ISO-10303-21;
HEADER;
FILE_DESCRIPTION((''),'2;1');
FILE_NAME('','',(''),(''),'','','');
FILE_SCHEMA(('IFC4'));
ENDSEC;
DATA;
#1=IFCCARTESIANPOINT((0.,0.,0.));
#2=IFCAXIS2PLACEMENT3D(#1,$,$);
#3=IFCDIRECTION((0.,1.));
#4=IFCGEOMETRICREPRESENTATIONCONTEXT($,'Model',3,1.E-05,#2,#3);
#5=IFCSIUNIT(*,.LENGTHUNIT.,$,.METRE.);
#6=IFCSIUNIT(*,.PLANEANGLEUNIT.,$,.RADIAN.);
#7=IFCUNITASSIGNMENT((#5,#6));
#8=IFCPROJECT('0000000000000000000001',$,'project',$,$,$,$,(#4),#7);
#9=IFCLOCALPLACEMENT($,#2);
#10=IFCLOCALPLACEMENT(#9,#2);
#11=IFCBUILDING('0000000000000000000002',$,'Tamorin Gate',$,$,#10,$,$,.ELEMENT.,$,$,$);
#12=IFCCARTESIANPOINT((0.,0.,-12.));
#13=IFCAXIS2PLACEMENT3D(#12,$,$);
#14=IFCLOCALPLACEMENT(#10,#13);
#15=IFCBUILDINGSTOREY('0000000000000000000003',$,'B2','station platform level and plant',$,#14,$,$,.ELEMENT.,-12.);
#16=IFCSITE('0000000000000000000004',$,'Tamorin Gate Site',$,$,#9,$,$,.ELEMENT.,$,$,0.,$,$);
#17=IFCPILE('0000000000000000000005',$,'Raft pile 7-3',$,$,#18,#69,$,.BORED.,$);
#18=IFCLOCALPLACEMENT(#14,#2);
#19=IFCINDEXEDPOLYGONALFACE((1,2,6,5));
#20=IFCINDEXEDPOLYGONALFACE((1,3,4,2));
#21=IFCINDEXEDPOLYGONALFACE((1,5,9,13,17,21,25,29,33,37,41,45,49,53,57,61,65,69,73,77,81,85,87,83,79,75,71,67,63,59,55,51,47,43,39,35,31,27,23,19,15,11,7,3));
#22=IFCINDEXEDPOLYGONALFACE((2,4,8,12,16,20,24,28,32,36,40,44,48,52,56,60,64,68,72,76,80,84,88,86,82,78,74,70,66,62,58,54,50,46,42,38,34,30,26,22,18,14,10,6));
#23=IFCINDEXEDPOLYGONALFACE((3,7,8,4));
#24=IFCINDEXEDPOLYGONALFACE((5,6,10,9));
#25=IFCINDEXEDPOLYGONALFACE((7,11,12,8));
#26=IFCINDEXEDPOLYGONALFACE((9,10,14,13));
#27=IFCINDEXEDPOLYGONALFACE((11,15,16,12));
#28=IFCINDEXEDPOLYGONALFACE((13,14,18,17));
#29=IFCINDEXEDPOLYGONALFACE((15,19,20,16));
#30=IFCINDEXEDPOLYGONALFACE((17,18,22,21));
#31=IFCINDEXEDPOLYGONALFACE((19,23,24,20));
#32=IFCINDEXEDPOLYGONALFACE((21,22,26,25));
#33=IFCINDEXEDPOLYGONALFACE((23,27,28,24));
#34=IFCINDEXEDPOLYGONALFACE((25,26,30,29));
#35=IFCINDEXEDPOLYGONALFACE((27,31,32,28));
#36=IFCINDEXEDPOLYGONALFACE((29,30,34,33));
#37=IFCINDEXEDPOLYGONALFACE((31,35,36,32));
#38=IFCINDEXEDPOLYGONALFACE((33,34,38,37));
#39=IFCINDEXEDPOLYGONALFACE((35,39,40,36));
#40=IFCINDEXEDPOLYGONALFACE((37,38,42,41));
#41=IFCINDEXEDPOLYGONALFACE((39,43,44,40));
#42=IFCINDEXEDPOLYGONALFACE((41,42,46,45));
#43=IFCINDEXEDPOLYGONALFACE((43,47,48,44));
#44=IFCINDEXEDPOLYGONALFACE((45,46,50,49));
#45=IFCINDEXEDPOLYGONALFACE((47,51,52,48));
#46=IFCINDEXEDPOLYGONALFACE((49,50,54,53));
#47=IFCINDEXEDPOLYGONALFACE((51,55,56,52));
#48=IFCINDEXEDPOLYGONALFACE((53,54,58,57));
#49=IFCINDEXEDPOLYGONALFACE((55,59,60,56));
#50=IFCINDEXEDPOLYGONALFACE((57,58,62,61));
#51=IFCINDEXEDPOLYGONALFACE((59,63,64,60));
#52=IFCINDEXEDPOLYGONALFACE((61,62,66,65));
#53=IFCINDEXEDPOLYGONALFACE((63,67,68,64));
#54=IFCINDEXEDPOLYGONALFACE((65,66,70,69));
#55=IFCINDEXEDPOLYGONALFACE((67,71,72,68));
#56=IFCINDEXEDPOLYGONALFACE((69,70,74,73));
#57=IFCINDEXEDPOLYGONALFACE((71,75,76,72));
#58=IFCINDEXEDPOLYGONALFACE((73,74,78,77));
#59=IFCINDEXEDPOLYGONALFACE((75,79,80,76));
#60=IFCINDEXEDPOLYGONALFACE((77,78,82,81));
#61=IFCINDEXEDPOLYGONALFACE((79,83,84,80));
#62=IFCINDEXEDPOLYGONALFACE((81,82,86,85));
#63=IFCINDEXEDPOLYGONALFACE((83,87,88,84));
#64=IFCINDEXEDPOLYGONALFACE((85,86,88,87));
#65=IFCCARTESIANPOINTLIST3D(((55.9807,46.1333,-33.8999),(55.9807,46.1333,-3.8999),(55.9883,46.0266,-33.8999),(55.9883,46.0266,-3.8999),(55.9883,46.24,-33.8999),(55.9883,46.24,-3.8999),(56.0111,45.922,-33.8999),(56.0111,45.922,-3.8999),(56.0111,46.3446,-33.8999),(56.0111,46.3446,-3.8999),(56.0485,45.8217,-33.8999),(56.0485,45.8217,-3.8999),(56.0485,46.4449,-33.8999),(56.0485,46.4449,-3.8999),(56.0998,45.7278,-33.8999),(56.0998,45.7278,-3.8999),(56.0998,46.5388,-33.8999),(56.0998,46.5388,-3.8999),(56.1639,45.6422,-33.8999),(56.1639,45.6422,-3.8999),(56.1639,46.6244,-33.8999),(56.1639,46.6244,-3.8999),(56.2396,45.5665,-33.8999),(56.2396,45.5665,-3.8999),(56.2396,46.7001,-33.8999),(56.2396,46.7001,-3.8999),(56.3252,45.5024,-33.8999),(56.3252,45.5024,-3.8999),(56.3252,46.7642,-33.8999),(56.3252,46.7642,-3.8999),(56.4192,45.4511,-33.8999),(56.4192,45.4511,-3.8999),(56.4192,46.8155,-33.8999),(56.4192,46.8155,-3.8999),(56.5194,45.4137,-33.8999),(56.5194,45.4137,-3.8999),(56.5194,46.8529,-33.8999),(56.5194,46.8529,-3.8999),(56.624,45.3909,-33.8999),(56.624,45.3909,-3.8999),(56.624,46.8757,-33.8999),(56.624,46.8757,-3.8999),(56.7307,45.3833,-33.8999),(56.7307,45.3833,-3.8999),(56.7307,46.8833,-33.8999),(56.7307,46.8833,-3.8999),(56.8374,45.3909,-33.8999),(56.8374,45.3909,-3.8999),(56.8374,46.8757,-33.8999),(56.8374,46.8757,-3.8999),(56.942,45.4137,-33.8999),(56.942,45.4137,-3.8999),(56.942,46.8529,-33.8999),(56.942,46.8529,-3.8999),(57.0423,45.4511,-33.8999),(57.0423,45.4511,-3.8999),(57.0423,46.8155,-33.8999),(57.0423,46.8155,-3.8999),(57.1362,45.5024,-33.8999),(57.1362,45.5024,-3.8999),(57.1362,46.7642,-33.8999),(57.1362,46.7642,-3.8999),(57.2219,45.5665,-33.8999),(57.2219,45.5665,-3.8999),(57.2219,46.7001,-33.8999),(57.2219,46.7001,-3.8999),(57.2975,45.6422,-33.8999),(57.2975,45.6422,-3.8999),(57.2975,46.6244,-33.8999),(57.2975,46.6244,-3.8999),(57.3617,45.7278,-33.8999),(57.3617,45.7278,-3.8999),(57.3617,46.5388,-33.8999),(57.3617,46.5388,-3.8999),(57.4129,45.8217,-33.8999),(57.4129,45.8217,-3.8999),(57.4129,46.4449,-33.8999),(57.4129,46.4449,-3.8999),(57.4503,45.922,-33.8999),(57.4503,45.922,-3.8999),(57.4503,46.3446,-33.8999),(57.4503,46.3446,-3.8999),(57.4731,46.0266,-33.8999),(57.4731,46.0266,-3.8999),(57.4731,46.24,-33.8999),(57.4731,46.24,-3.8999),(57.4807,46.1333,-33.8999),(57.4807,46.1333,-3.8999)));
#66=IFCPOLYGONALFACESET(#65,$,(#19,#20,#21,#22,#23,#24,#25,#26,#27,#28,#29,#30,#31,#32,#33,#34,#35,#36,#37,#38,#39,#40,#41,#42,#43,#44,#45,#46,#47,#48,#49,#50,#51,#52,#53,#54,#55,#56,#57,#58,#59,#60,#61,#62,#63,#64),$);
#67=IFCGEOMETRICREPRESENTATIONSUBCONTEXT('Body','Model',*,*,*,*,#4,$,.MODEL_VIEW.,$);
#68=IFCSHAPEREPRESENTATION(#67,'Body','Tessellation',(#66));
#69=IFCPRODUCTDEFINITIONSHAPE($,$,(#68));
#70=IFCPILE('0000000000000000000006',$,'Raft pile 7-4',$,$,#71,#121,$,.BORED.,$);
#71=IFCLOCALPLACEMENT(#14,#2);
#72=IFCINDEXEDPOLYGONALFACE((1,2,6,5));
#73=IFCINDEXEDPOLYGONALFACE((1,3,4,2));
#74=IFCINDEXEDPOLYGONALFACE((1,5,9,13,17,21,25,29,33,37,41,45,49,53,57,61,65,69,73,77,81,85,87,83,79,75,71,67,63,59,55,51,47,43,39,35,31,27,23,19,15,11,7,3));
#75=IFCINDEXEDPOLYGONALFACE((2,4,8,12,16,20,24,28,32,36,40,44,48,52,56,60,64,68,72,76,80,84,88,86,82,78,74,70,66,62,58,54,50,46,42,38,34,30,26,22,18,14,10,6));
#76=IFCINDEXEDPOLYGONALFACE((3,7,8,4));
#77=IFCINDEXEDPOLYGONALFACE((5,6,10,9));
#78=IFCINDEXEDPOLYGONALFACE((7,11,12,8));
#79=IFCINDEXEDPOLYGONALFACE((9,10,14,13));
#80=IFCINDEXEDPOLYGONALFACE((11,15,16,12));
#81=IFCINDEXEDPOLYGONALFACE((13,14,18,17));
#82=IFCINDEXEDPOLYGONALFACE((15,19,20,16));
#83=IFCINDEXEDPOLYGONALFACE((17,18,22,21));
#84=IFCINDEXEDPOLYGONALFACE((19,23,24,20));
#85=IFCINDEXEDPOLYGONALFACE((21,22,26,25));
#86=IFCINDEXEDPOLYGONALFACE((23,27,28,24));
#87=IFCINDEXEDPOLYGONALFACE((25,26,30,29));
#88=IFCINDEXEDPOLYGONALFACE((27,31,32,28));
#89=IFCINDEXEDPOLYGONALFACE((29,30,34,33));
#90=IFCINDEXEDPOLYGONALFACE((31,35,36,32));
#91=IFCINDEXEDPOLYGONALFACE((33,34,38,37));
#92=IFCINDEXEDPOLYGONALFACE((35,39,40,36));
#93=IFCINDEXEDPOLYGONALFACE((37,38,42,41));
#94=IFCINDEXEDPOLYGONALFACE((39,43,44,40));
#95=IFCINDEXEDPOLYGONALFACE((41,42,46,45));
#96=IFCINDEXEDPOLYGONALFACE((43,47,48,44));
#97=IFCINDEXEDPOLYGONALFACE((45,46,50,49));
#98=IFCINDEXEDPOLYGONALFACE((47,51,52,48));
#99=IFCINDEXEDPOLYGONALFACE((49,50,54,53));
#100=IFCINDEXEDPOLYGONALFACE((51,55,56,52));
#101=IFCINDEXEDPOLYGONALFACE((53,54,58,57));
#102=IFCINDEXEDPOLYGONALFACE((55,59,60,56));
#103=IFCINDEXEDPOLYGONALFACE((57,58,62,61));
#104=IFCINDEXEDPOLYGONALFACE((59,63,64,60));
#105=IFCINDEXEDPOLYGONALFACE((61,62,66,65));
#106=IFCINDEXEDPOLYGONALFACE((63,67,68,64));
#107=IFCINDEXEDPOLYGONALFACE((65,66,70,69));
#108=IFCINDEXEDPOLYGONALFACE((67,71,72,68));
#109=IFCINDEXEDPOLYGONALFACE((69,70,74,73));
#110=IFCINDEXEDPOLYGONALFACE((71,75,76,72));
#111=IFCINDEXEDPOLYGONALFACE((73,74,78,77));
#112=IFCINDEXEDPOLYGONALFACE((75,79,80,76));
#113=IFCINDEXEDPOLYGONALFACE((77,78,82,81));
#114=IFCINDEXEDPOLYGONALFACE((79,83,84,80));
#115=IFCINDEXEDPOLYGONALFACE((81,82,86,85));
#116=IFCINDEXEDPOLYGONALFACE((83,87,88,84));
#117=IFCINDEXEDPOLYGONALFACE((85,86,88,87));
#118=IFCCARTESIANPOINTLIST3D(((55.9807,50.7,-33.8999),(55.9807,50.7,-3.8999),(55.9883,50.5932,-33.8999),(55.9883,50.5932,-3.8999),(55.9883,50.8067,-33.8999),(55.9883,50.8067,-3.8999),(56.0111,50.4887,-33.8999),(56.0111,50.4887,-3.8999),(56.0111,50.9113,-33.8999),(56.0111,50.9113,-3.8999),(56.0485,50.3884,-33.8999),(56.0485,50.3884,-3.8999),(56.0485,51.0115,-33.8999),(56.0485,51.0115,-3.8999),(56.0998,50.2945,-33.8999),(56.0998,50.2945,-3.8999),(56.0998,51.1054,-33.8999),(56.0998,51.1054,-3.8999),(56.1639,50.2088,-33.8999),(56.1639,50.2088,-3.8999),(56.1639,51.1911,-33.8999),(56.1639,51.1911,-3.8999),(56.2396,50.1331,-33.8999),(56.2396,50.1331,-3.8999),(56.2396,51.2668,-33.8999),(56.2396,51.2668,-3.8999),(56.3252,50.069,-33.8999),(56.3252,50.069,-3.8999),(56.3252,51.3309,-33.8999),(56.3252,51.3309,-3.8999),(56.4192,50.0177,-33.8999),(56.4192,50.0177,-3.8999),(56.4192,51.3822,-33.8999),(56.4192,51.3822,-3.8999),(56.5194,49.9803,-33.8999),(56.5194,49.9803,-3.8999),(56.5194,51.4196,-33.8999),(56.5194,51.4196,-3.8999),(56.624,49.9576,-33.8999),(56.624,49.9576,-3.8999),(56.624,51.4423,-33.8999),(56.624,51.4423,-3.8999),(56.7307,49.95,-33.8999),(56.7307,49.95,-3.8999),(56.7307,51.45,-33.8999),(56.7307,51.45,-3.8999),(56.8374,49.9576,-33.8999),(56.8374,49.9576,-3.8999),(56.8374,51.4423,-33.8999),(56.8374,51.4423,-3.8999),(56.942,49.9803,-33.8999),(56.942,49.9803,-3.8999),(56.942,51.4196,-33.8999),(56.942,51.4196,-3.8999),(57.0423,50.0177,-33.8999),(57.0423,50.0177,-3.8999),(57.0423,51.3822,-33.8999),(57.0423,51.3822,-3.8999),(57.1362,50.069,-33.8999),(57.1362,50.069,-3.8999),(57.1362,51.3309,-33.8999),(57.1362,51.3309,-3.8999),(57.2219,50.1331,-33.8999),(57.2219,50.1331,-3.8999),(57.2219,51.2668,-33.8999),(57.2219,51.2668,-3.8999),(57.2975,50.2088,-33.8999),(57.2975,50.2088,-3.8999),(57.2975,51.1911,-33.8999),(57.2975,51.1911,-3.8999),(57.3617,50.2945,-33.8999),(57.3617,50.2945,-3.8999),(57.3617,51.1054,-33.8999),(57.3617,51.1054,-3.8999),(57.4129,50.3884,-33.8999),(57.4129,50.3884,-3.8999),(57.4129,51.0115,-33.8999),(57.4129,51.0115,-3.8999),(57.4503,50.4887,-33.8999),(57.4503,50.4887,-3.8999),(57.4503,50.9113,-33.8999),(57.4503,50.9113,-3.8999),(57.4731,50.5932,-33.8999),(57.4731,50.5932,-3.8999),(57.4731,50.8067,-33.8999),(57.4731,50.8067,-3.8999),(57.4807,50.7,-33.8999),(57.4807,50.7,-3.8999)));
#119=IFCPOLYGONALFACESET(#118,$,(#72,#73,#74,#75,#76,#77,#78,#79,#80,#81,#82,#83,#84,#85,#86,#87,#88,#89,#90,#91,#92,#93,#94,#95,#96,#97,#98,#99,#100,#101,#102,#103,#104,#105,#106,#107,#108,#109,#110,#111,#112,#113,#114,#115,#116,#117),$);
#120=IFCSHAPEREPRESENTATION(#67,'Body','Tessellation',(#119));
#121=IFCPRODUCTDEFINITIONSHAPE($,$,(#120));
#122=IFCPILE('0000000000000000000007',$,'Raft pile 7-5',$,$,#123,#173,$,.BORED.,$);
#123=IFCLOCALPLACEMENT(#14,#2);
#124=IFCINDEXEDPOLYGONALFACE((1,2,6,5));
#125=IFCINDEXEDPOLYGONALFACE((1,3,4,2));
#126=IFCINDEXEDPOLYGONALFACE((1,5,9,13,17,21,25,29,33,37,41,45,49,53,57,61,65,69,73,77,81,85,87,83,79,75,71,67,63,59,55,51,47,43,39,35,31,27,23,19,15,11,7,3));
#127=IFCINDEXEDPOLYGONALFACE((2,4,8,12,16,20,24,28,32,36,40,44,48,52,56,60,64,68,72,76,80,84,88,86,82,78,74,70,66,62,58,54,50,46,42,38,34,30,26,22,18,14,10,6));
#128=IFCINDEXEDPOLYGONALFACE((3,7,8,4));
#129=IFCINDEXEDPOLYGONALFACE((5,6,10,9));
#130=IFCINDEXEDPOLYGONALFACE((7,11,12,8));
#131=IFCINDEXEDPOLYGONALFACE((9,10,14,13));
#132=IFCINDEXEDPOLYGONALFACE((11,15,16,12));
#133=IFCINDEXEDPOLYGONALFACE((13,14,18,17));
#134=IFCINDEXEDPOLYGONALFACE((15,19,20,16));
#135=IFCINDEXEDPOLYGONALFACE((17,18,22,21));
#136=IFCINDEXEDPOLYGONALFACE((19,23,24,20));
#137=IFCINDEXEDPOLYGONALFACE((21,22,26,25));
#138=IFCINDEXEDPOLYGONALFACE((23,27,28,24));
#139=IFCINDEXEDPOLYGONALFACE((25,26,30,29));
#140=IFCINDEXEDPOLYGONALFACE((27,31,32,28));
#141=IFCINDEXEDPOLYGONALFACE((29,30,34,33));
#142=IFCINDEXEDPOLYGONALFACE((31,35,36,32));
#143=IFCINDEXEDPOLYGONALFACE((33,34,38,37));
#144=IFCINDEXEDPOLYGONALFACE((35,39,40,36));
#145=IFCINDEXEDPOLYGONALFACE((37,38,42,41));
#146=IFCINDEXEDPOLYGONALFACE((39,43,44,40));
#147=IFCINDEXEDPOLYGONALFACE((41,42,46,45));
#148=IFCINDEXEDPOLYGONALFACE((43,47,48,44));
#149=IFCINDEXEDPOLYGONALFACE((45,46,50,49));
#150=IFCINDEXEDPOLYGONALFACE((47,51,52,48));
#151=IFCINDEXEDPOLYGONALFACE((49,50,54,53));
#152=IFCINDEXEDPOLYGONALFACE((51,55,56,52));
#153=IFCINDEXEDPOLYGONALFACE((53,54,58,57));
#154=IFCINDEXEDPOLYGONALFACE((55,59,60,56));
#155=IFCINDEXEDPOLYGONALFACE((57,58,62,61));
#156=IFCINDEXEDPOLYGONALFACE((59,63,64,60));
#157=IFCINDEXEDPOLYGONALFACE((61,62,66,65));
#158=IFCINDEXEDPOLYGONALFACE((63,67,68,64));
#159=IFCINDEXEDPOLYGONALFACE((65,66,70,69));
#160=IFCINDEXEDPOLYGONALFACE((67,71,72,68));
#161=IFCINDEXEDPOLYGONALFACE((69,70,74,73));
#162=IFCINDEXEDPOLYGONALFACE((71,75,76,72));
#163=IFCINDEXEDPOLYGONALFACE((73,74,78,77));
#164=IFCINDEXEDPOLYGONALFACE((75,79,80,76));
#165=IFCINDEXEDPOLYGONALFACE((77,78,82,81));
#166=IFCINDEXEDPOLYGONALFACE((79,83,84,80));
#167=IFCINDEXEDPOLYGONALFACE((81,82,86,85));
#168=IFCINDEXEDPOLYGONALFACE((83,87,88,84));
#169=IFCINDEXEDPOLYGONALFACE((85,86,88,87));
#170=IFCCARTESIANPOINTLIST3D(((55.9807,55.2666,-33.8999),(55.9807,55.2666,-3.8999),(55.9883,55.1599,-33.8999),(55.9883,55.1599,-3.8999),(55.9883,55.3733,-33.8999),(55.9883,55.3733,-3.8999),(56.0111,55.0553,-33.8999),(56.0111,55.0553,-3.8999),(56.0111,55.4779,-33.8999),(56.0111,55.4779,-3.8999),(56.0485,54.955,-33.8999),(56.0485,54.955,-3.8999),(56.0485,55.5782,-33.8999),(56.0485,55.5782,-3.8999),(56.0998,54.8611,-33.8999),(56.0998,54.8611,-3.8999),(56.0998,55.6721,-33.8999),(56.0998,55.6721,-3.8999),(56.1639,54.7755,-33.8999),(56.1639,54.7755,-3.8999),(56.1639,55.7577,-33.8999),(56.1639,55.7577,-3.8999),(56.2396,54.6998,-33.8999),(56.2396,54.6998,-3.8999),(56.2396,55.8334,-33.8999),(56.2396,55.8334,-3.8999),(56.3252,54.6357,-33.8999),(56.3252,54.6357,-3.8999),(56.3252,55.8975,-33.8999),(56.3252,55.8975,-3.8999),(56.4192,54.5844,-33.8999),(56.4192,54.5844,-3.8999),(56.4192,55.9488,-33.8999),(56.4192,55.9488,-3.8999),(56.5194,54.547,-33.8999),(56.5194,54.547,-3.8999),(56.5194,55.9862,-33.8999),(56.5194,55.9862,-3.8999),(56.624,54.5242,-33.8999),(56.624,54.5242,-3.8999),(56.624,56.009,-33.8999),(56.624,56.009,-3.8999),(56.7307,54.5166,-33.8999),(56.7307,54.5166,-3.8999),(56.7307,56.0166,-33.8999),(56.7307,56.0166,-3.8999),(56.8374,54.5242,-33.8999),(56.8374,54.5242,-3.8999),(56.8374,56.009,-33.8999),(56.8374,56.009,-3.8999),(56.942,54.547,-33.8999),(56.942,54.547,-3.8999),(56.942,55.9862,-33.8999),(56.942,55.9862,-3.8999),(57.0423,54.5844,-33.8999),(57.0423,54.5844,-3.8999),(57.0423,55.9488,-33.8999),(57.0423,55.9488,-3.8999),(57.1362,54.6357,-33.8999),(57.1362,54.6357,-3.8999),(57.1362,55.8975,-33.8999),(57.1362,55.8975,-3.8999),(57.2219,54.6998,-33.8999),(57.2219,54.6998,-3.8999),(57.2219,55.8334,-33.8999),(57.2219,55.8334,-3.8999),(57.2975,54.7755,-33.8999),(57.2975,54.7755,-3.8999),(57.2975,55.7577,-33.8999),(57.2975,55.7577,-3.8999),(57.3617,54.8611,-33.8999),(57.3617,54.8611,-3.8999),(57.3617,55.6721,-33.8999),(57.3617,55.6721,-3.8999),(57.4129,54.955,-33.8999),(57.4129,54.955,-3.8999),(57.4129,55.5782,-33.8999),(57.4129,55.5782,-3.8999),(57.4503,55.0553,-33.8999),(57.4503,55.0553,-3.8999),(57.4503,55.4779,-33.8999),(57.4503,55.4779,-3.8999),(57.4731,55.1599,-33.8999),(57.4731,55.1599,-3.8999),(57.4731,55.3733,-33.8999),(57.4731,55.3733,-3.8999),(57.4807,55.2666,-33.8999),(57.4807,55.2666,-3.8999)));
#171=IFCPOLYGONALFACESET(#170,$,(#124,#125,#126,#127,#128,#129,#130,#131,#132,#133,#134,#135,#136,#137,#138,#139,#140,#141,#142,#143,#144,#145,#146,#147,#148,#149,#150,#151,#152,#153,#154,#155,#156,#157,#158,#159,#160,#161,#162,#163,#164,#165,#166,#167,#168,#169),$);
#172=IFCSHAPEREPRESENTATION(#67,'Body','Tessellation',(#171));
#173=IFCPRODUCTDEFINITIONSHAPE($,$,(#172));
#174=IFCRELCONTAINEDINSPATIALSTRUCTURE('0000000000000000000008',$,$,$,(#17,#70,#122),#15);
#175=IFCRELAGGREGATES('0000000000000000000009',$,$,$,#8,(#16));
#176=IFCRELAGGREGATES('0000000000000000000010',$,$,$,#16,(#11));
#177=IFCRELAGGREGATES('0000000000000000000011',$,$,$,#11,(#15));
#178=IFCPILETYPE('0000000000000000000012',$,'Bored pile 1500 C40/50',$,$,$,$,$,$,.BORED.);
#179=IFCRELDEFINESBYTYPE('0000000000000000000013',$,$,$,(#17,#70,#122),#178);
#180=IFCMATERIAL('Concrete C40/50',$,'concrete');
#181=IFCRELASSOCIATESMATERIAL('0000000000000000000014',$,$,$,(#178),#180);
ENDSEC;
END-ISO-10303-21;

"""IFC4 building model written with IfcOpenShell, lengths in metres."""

from ifc_helpers import new_model, si_unit, direction, frame, origin, origin_2d, place, context, subcontext, project, spatial, circle, extrude, material, material_profile, profile_set, type_object, element, save


model = new_model("IFC4")

# Units and contexts
model_context = context("Model", 3, precision=1e-05, world=origin(), true_north=direction((0.0, 1.0)))
body_context = subcontext(model_context, "Body", "Model", "MODEL_VIEW")
ifc_project = project(units=[si_unit("LENGTHUNIT", "METRE"), si_unit("PLANEANGLEUNIT", "RADIAN")], contexts=[model_context])

# Site, building, storey
site_placement = place(None, origin())
site = spatial("IfcSite", under=ifc_project, at=site_placement, Name="Tamorin Gate Site", CompositionType="ELEMENT", RefElevation=0.0)
building_placement = place(site_placement, origin())
building = spatial("IfcBuilding", under=site, at=building_placement, Name="Tamorin Gate", CompositionType="ELEMENT")
storey_placement = place(building_placement, frame((0.0, 0.0, -12.0)))
storey = spatial("IfcBuildingStorey", under=building, at=storey_placement, Name="B2", Description="station platform level and plant", CompositionType="ELEMENT", Elevation=-12.0)

# Piles
ifc_material_1 = material(Name="Concrete C40/50", Category="concrete")
ifc_material_profile_1 = material_profile(ifc_material_1, circle(Radius=0.75, at=origin_2d()))
ifc_profile_set_1 = profile_set([ifc_material_profile_1], Name="Concrete C40/50")
pile_type = type_object("IfcPileType", Name="Bored pile 1500 C40/50", PredefinedType="BORED", material=ifc_profile_set_1)
for number, where, z_axis, x_axis, name in (
    (1, (56.7307, 46.1333, -3.8999), (0.0, 0.0, -1.0), (1.0, 0.0, 0.0), "Raft pile 7-3"),
    (2, (56.7307, 50.7, -3.8999), (0.0, 0.0, -1.0), (1.0, 0.0, 0.0), "Raft pile 7-4"),
    (3, (56.7307, 55.2666, -3.8999), (0.0, 0.0, -1.0), (1.0, 0.0, 0.0), "Raft pile 7-5"),
):
    element("IfcPile", number, at=place(storey_placement, frame(where, z_axis=z_axis, x_axis=x_axis)), inside=storey, type_object=pile_type, Name=name, PredefinedType="BORED", context=body_context, shape_type="SweptSolid", body=[
        extrude(circle(Radius=0.75, at=origin_2d()), origin(), (0.0, 0.0, 1.0), 30.0),
    ])

save(model, "model.ifc")
